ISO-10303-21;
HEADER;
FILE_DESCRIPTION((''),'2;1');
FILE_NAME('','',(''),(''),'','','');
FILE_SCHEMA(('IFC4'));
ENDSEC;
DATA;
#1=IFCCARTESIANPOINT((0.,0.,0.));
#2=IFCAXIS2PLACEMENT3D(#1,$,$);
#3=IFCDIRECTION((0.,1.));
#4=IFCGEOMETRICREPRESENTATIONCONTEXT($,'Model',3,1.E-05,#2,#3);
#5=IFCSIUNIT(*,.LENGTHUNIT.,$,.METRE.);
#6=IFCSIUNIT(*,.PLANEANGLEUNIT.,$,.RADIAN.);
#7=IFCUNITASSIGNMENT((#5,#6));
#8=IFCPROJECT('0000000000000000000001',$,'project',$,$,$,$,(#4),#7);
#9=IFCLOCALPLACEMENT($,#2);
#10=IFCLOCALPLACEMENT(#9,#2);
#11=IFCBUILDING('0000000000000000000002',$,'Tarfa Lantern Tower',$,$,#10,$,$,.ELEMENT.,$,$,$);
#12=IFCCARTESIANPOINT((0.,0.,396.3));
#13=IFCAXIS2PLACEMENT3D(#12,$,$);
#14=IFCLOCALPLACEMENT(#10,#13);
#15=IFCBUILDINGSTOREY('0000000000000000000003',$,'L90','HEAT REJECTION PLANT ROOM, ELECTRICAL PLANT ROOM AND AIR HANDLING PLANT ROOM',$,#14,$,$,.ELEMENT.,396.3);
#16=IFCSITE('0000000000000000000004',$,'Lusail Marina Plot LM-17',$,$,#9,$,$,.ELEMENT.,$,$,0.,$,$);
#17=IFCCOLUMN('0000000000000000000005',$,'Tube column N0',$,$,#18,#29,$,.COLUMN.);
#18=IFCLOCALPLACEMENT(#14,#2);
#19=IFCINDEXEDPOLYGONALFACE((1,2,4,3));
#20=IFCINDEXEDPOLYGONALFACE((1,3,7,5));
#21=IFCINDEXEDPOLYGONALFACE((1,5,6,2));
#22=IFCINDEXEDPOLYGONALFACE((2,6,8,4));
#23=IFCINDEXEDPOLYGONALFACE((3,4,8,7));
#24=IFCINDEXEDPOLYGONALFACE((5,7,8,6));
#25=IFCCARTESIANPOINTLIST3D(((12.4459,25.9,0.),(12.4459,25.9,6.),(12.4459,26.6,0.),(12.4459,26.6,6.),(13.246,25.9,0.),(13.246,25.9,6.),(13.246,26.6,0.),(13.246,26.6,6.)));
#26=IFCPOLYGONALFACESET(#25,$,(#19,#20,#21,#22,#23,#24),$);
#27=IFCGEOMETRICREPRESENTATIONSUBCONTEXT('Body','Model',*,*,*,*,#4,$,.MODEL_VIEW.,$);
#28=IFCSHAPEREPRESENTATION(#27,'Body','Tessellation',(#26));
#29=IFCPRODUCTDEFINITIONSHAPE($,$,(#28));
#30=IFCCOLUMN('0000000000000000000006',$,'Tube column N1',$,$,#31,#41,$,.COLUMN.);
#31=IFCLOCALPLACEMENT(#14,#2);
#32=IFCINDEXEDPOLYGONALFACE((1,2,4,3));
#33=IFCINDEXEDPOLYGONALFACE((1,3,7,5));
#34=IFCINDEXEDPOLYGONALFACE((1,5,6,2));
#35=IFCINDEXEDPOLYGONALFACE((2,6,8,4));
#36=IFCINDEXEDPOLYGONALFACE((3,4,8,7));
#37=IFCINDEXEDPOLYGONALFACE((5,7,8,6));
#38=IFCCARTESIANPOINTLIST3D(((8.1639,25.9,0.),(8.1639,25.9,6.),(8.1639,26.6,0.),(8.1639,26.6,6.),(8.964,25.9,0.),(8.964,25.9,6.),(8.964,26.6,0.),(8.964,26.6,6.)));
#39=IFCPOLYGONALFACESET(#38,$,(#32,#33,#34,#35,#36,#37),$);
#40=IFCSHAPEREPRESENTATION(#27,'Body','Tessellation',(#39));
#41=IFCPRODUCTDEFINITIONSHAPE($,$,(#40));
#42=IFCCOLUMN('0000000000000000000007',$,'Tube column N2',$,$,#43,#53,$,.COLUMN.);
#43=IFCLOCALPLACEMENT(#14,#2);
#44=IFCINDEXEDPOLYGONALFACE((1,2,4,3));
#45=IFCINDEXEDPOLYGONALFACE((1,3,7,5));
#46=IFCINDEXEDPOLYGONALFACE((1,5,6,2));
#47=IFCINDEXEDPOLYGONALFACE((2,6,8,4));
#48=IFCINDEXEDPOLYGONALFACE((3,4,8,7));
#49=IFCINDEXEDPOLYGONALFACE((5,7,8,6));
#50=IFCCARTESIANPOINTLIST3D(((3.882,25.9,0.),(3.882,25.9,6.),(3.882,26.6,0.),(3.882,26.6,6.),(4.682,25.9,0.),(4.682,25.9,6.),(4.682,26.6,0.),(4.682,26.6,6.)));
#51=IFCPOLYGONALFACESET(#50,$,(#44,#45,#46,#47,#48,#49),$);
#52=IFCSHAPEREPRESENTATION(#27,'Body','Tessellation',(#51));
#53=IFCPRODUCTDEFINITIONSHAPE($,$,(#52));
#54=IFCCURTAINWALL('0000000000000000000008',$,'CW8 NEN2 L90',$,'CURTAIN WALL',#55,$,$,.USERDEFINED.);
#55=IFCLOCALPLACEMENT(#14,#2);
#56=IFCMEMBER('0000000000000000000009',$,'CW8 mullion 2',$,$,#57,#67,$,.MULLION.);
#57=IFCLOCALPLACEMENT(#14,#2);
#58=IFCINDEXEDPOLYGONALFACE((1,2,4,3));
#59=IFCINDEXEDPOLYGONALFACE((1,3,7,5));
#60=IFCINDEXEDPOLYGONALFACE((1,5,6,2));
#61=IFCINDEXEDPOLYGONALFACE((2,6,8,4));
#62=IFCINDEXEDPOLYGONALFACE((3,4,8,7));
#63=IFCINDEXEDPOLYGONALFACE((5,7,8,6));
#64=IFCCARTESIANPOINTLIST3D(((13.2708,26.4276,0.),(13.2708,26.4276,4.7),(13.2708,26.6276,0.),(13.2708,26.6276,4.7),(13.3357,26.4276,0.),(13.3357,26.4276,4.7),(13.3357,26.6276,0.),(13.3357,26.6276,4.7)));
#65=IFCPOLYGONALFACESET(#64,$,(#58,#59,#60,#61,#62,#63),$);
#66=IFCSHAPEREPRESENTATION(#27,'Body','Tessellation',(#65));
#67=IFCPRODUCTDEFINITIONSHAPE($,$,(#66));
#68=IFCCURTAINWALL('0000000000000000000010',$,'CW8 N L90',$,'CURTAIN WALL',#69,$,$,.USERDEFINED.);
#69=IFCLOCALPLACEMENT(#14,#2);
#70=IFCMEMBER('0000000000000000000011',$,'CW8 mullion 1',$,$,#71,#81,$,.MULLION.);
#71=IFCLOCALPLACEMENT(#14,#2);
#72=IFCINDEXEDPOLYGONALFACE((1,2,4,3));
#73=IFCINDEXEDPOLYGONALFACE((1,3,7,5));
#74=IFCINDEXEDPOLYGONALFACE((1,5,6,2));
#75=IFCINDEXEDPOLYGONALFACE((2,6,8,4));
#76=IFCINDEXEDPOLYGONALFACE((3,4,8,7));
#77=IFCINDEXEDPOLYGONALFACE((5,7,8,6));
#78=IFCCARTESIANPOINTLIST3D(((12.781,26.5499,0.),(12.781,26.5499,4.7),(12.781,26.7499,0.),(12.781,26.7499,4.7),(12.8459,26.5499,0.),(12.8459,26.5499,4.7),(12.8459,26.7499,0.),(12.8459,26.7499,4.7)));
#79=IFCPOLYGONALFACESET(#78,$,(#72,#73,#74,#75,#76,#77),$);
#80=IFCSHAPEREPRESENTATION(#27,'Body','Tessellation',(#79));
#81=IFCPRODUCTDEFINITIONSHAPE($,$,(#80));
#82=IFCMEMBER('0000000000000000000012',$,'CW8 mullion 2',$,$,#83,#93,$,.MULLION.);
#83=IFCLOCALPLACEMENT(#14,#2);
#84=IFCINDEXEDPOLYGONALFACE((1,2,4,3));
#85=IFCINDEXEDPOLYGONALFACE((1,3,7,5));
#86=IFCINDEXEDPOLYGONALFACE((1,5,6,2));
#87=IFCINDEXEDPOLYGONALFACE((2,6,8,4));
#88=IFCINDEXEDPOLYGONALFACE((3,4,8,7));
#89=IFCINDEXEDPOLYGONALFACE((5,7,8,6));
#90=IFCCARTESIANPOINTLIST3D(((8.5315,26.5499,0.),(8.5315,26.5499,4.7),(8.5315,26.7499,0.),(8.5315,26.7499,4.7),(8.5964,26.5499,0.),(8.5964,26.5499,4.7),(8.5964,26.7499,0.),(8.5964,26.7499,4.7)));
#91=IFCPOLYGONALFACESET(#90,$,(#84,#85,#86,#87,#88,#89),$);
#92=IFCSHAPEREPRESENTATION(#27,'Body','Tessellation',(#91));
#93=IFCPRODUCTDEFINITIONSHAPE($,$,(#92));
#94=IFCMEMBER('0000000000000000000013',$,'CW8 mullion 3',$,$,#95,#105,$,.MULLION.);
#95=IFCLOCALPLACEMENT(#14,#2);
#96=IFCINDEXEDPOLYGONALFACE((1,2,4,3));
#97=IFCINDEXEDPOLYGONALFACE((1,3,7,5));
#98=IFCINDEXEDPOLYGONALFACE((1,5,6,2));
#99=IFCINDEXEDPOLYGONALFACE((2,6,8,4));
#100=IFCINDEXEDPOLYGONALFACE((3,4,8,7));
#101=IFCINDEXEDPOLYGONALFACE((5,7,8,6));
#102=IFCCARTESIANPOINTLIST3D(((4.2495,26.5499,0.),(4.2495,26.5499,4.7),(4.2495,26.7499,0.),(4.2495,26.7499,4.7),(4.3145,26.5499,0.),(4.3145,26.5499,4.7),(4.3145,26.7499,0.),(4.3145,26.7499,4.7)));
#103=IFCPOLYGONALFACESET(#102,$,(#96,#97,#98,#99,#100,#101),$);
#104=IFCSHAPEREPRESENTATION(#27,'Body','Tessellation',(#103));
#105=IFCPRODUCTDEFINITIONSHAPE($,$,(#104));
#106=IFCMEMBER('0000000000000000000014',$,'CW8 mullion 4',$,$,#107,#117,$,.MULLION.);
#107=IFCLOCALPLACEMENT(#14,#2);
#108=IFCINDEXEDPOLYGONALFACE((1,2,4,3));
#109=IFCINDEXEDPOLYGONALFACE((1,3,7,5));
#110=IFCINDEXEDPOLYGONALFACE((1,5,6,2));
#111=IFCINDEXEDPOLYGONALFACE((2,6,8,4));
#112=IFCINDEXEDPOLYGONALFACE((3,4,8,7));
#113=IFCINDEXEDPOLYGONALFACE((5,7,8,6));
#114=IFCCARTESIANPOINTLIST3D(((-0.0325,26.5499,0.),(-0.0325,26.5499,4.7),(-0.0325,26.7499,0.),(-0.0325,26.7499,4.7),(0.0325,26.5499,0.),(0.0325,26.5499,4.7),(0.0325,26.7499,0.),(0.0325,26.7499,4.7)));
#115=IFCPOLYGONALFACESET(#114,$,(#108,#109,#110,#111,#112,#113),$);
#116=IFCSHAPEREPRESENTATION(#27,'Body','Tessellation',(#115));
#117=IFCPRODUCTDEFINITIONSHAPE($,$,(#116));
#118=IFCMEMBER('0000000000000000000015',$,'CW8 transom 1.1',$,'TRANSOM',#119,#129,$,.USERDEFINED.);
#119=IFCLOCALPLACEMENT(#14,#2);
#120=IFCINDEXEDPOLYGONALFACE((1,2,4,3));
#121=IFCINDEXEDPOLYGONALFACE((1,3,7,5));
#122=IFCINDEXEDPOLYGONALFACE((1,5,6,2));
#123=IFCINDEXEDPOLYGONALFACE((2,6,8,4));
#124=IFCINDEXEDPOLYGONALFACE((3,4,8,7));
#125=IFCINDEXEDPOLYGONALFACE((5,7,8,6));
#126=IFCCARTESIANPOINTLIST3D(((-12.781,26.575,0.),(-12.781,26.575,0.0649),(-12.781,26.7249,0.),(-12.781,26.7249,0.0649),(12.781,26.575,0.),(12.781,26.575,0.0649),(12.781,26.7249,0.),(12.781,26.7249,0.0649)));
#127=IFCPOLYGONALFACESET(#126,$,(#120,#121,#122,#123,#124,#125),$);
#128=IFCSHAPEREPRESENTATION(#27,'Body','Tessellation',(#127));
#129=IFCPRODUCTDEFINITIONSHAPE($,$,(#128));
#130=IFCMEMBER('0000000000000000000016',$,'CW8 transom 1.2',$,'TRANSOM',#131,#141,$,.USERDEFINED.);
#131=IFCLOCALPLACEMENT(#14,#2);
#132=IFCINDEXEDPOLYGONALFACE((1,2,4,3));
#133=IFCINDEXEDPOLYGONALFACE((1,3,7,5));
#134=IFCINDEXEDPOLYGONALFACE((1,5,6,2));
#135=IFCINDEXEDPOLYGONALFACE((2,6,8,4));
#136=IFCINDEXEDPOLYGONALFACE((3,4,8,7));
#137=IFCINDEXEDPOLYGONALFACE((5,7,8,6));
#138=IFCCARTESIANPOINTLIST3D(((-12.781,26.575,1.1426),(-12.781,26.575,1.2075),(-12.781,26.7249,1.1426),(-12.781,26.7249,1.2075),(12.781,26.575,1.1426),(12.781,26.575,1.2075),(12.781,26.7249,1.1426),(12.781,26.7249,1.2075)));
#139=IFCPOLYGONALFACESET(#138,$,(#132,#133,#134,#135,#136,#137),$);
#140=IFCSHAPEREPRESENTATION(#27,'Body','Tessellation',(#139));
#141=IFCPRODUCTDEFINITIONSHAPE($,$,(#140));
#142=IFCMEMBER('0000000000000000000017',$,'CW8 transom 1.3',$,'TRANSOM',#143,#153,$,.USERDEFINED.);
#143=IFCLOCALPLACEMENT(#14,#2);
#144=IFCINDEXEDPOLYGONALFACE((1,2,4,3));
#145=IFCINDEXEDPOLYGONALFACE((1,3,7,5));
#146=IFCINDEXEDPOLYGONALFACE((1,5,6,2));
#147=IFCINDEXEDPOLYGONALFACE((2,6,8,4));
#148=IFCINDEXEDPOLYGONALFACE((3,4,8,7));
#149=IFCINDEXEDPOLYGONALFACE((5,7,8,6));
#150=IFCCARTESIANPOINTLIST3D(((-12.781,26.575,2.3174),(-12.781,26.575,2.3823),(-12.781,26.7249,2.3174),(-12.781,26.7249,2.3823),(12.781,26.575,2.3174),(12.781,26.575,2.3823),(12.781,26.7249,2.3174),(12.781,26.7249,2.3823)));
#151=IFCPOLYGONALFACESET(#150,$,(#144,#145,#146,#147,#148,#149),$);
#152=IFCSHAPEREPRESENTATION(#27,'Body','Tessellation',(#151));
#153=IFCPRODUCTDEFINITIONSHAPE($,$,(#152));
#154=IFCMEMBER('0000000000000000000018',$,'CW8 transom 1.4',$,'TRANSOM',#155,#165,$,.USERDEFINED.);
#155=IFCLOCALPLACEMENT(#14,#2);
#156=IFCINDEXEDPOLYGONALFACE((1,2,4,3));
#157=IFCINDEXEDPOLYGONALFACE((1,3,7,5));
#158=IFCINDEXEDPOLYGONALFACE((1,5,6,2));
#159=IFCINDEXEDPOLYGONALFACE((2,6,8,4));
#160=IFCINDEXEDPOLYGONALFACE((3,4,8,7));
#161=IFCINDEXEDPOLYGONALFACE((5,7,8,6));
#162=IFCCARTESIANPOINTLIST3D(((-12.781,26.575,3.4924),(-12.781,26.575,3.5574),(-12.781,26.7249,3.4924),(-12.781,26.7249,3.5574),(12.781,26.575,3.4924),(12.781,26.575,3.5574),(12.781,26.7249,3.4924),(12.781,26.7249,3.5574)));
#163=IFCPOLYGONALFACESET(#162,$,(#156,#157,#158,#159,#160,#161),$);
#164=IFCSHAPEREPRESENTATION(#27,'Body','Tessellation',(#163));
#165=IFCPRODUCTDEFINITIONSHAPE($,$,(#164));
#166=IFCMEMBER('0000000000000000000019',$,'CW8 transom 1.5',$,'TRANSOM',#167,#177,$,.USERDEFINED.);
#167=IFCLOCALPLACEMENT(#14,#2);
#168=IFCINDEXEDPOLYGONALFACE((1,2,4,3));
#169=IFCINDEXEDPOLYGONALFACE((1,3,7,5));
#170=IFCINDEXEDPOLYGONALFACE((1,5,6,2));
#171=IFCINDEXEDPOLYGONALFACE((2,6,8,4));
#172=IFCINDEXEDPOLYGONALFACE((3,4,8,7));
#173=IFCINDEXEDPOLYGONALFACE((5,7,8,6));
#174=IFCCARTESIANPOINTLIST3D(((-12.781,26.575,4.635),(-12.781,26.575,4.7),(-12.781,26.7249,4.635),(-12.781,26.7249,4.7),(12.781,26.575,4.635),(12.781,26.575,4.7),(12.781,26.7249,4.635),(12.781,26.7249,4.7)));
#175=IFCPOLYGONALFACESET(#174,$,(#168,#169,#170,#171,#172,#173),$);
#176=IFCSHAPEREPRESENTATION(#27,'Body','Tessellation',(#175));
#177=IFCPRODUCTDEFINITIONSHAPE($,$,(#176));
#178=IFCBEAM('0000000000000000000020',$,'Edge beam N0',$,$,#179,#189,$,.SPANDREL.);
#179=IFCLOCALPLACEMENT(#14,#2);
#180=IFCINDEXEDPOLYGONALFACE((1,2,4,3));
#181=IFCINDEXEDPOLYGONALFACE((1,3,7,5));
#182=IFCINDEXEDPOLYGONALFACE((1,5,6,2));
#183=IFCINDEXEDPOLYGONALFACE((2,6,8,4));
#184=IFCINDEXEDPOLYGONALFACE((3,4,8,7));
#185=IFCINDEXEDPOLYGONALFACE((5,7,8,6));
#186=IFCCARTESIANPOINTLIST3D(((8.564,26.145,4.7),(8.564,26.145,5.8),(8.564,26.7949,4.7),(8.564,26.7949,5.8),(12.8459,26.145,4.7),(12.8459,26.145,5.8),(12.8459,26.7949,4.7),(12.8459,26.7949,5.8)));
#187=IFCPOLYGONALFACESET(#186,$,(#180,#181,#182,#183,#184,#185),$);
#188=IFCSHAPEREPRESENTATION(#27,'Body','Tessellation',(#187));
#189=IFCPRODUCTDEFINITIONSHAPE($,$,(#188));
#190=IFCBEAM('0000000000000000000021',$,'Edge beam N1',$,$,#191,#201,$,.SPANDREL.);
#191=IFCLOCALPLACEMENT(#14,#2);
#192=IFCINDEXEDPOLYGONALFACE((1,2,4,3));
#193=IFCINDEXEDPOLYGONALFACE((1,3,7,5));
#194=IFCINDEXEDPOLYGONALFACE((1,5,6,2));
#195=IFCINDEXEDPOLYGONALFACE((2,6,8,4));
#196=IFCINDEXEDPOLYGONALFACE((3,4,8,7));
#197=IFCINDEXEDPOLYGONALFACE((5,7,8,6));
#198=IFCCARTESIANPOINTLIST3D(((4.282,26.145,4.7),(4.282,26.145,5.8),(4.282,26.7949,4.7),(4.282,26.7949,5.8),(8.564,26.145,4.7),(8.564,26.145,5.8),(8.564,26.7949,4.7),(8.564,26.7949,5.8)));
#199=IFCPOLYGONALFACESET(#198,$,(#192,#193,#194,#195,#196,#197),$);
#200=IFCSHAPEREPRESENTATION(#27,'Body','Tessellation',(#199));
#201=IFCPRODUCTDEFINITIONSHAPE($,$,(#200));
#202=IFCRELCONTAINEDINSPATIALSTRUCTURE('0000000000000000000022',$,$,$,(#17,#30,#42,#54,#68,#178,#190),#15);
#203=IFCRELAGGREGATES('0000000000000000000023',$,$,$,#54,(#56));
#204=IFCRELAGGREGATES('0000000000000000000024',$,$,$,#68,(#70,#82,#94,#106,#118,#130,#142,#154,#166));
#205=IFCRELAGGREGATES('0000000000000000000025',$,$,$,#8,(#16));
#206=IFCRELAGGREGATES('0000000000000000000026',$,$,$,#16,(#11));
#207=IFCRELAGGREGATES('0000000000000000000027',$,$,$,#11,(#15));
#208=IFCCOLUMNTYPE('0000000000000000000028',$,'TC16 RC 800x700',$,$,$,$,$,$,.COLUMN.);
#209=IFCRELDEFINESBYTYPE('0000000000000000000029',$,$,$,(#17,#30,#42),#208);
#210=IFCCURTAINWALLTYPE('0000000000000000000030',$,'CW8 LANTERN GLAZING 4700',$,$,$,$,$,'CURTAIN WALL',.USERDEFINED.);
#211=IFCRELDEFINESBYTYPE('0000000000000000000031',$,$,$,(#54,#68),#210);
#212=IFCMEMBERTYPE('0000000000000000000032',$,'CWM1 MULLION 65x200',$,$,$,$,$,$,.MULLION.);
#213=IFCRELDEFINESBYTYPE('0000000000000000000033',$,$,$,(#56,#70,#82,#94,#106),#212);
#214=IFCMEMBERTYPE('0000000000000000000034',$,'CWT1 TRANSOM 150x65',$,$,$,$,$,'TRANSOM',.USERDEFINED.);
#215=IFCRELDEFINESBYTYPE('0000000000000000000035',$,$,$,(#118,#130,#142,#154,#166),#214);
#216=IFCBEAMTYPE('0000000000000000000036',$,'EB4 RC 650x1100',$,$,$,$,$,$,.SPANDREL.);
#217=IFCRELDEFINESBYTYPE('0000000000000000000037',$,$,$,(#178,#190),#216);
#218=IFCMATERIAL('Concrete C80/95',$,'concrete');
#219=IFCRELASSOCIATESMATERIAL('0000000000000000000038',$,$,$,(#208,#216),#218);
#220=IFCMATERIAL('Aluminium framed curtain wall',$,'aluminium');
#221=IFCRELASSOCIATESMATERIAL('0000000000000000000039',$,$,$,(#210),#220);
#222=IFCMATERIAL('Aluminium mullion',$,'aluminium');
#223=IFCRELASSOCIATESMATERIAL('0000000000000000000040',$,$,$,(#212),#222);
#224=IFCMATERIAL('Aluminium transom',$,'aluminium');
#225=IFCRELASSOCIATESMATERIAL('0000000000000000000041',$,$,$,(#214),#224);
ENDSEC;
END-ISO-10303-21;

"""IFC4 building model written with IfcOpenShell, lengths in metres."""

from ifc_helpers import new_model, si_unit, direction, frame, origin, origin_2d, place, context, subcontext, project, spatial, rectangle, extrude, material, material_profile, profile_set, type_object, element, aggregate, save


model = new_model("IFC4")

# Units and contexts
model_context = context("Model", 3, precision=1e-05, world=origin(), true_north=direction((0.0, 1.0)))
body_context = subcontext(model_context, "Body", "Model", "MODEL_VIEW")
ifc_project = project(units=[si_unit("LENGTHUNIT", "METRE"), si_unit("PLANEANGLEUNIT", "RADIAN")], contexts=[model_context])

# Site, building, storey
site_placement = place(None, origin())
site = spatial("IfcSite", under=ifc_project, at=site_placement, Name="Lusail Marina Plot LM-17", CompositionType="ELEMENT", RefElevation=0.0)
building_placement = place(site_placement, origin())
building = spatial("IfcBuilding", under=site, at=building_placement, Name="Tarfa Lantern Tower", CompositionType="ELEMENT")
storey_placement = place(building_placement, frame((0.0, 0.0, 396.3)))
storey = spatial("IfcBuildingStorey", under=building, at=storey_placement, Name="L90", Description="HEAT REJECTION PLANT ROOM, ELECTRICAL PLANT ROOM AND AIR HANDLING PLANT ROOM", CompositionType="ELEMENT", Elevation=396.3)

# Columns
ifc_material_1 = material(Name="Concrete C80/95", Category="concrete")
ifc_material_profile_1 = material_profile(ifc_material_1, rectangle(XDim=0.8, YDim=0.7, at=origin_2d()), Name="RC 800x700")
ifc_profile_set_1 = profile_set([ifc_material_profile_1], Name="Concrete C80/95")
column_type = type_object("IfcColumnType", Name="TC16 RC 800x700", PredefinedType="COLUMN", material=ifc_profile_set_1)
for number, where, z_axis, x_axis, name in (
    (1, (12.8459, 26.25, 0.0), (0.0, 0.0, 1.0), (-1.0, 0.0, 0.0), "Tube column N0"),
    (2, (8.564, 26.25, 0.0), (0.0, 0.0, 1.0), (-1.0, 0.0, 0.0), "Tube column N1"),
    (3, (4.282, 26.25, 0.0), (0.0, 0.0, 1.0), (-1.0, 0.0, 0.0), "Tube column N2"),
):
    element("IfcColumn", number, at=place(storey_placement, frame(where, z_axis=z_axis, x_axis=x_axis)), inside=storey, type_object=column_type, Name=name, PredefinedType="COLUMN", context=body_context, shape_type="SweptSolid", body=[
        extrude(rectangle(XDim=0.8, YDim=0.7, at=origin_2d()), origin(), (0.0, 0.0, 1.0), 6.0),
    ])

# Curtain wall, member
ifc_material_2 = material(Name="Aluminium framed curtain wall", Category="aluminium")
curtain_wall_type = type_object("IfcCurtainWallType", Name="CW8 LANTERN GLAZING 4700", ElementType="CURTAIN WALL", PredefinedType="USERDEFINED", material=ifc_material_2)
curtain_wall_1_placement = place(storey_placement, origin())
curtain_wall_1 = element("IfcCurtainWall", 4, at=curtain_wall_1_placement, inside=storey, type_object=curtain_wall_type, Name="CW8 NEN2 L90", ObjectType="CURTAIN WALL", PredefinedType="USERDEFINED")
ifc_material_3 = material(Name="Aluminium mullion", Category="aluminium")
ifc_material_profile_2 = material_profile(ifc_material_3, rectangle(XDim=0.0649, YDim=0.2, at=origin_2d()), Name="AL MULLION 65x200")
ifc_profile_set_2 = profile_set([ifc_material_profile_2], Name="Aluminium mullion")
member_type_1 = type_object("IfcMemberType", Name="CWM1 MULLION 65x200", PredefinedType="MULLION", material=ifc_profile_set_2)
member_1_placement = place(storey_placement, frame((13.3032, 26.5276, 0.0), z_axis=(0.0, 0.0, 1.0), x_axis=(1.0, 0.0, 0.0)))
member_1 = element("IfcMember", 5, at=member_1_placement, type_object=member_type_1, Name="CW8 mullion 2", PredefinedType="MULLION", context=body_context, shape_type="SweptSolid", body=[
    extrude(rectangle(XDim=0.0649, YDim=0.2, at=origin_2d()), origin(), (0.0, 0.0, 1.0), 4.7),
])

# Curtain wall, members
curtain_wall_2_placement = place(storey_placement, origin())
curtain_wall_2 = element("IfcCurtainWall", 6, at=curtain_wall_2_placement, inside=storey, type_object=curtain_wall_type, Name="CW8 N L90", ObjectType="CURTAIN WALL", PredefinedType="USERDEFINED")
member_2_placement = place(storey_placement, frame((12.8135, 26.6499, 0.0), z_axis=(0.0, 0.0, 1.0), x_axis=(1.0, 0.0, 0.0)))
member_2 = element("IfcMember", 7, at=member_2_placement, type_object=member_type_1, Name="CW8 mullion 1", PredefinedType="MULLION", context=body_context, shape_type="SweptSolid", body=[
    extrude(rectangle(XDim=0.0649, YDim=0.2, at=origin_2d()), origin(), (0.0, 0.0, 1.0), 4.7),
])
member_3_placement = place(storey_placement, frame((8.564, 26.6499, 0.0), z_axis=(0.0, 0.0, 1.0), x_axis=(1.0, 0.0, 0.0)))
member_3 = element("IfcMember", 8, at=member_3_placement, type_object=member_type_1, Name="CW8 mullion 2", PredefinedType="MULLION", context=body_context, shape_type="SweptSolid", body=[
    extrude(rectangle(XDim=0.0649, YDim=0.2, at=origin_2d()), origin(), (0.0, 0.0, 1.0), 4.7),
])
member_4_placement = place(storey_placement, frame((4.282, 26.6499, 0.0), z_axis=(0.0, 0.0, 1.0), x_axis=(1.0, 0.0, 0.0)))
member_4 = element("IfcMember", 9, at=member_4_placement, type_object=member_type_1, Name="CW8 mullion 3", PredefinedType="MULLION", context=body_context, shape_type="SweptSolid", body=[
    extrude(rectangle(XDim=0.0649, YDim=0.2, at=origin_2d()), origin(), (0.0, 0.0, 1.0), 4.7),
])
member_5_placement = place(storey_placement, frame((0.0, 26.6499, 0.0), z_axis=(0.0, 0.0, 1.0), x_axis=(1.0, 0.0, 0.0)))
member_5 = element("IfcMember", 10, at=member_5_placement, type_object=member_type_1, Name="CW8 mullion 4", PredefinedType="MULLION", context=body_context, shape_type="SweptSolid", body=[
    extrude(rectangle(XDim=0.0649, YDim=0.2, at=origin_2d()), origin(), (0.0, 0.0, 1.0), 4.7),
])
ifc_material_4 = material(Name="Aluminium transom", Category="aluminium")
ifc_material_profile_3 = material_profile(ifc_material_4, rectangle(XDim=0.1499, YDim=0.0649, at=origin_2d()), Name="AL TRANSOM 150x65")
ifc_profile_set_3 = profile_set([ifc_material_profile_3], Name="Aluminium transom")
member_type_2 = type_object("IfcMemberType", Name="CWT1 TRANSOM 150x65", ElementType="TRANSOM", PredefinedType="USERDEFINED", material=ifc_profile_set_3)
member_6_placement = place(storey_placement, frame((12.781, 26.6499, 0.0325), z_axis=(-1.0, 0.0, 0.0), x_axis=(0.0, -1.0, 0.0)))
member_6 = element("IfcMember", 11, at=member_6_placement, type_object=member_type_2, Name="CW8 transom 1.1", ObjectType="TRANSOM", PredefinedType="USERDEFINED", context=body_context, shape_type="SweptSolid", body=[
    extrude(rectangle(XDim=0.1499, YDim=0.0649, at=origin_2d()), origin(), (0.0, 0.0, 1.0), 25.562),
])
member_7_placement = place(storey_placement, frame((12.781, 26.6499, 1.175), z_axis=(-1.0, 0.0, 0.0), x_axis=(0.0, -1.0, 0.0)))
member_7 = element("IfcMember", 12, at=member_7_placement, type_object=member_type_2, Name="CW8 transom 1.2", ObjectType="TRANSOM", PredefinedType="USERDEFINED", context=body_context, shape_type="SweptSolid", body=[
    extrude(rectangle(XDim=0.1499, YDim=0.0649, at=origin_2d()), origin(), (0.0, 0.0, 1.0), 25.562),
])
member_8_placement = place(storey_placement, frame((12.781, 26.6499, 2.3499), z_axis=(-1.0, 0.0, 0.0), x_axis=(0.0, -1.0, 0.0)))
member_8 = element("IfcMember", 13, at=member_8_placement, type_object=member_type_2, Name="CW8 transom 1.3", ObjectType="TRANSOM", PredefinedType="USERDEFINED", context=body_context, shape_type="SweptSolid", body=[
    extrude(rectangle(XDim=0.1499, YDim=0.0649, at=origin_2d()), origin(), (0.0, 0.0, 1.0), 25.562),
])
member_9_placement = place(storey_placement, frame((12.781, 26.6499, 3.5249), z_axis=(-1.0, 0.0, 0.0), x_axis=(0.0, -1.0, 0.0)))
member_9 = element("IfcMember", 14, at=member_9_placement, type_object=member_type_2, Name="CW8 transom 1.4", ObjectType="TRANSOM", PredefinedType="USERDEFINED", context=body_context, shape_type="SweptSolid", body=[
    extrude(rectangle(XDim=0.1499, YDim=0.0649, at=origin_2d()), origin(), (0.0, 0.0, 1.0), 25.562),
])
member_10_placement = place(storey_placement, frame((12.781, 26.6499, 4.6675), z_axis=(-1.0, 0.0, 0.0), x_axis=(0.0, -1.0, 0.0)))
member_10 = element("IfcMember", 15, at=member_10_placement, type_object=member_type_2, Name="CW8 transom 1.5", ObjectType="TRANSOM", PredefinedType="USERDEFINED", context=body_context, shape_type="SweptSolid", body=[
    extrude(rectangle(XDim=0.1499, YDim=0.0649, at=origin_2d()), origin(), (0.0, 0.0, 1.0), 25.562),
])

# Beams
ifc_material_profile_4 = material_profile(ifc_material_1, rectangle(XDim=0.6499, YDim=1.1001, at=origin_2d()), Name="RC 650x1100")
ifc_profile_set_4 = profile_set([ifc_material_profile_4], Name="Concrete C80/95")
beam_type_1 = type_object("IfcBeamType", Name="EB4 RC 650x1100", PredefinedType="SPANDREL", material=ifc_profile_set_4)
for number, where, z_axis, x_axis, name in (
    (16, (12.8459, 26.47, 5.25), (-1.0, 0.0, 0.0), (0.0, -1.0, 0.0), "Edge beam N0"),
    (17, (8.564, 26.47, 5.25), (-1.0, 0.0, 0.0), (0.0, -1.0, 0.0), "Edge beam N1"),
):
    element("IfcBeam", number, at=place(storey_placement, frame(where, z_axis=z_axis, x_axis=x_axis)), inside=storey, type_object=beam_type_1, Name=name, PredefinedType="SPANDREL", context=body_context, shape_type="SweptSolid", body=[
        extrude(rectangle(XDim=0.6499, YDim=1.1001, at=origin_2d()), origin(), (0.0, 0.0, 1.0), 4.282),
    ])

aggregate(curtain_wall_1, [member_1])
aggregate(curtain_wall_2, [member_2, member_3, member_4, member_5, member_6, member_7, member_8, member_9, member_10])

save(model, "model.ifc")
